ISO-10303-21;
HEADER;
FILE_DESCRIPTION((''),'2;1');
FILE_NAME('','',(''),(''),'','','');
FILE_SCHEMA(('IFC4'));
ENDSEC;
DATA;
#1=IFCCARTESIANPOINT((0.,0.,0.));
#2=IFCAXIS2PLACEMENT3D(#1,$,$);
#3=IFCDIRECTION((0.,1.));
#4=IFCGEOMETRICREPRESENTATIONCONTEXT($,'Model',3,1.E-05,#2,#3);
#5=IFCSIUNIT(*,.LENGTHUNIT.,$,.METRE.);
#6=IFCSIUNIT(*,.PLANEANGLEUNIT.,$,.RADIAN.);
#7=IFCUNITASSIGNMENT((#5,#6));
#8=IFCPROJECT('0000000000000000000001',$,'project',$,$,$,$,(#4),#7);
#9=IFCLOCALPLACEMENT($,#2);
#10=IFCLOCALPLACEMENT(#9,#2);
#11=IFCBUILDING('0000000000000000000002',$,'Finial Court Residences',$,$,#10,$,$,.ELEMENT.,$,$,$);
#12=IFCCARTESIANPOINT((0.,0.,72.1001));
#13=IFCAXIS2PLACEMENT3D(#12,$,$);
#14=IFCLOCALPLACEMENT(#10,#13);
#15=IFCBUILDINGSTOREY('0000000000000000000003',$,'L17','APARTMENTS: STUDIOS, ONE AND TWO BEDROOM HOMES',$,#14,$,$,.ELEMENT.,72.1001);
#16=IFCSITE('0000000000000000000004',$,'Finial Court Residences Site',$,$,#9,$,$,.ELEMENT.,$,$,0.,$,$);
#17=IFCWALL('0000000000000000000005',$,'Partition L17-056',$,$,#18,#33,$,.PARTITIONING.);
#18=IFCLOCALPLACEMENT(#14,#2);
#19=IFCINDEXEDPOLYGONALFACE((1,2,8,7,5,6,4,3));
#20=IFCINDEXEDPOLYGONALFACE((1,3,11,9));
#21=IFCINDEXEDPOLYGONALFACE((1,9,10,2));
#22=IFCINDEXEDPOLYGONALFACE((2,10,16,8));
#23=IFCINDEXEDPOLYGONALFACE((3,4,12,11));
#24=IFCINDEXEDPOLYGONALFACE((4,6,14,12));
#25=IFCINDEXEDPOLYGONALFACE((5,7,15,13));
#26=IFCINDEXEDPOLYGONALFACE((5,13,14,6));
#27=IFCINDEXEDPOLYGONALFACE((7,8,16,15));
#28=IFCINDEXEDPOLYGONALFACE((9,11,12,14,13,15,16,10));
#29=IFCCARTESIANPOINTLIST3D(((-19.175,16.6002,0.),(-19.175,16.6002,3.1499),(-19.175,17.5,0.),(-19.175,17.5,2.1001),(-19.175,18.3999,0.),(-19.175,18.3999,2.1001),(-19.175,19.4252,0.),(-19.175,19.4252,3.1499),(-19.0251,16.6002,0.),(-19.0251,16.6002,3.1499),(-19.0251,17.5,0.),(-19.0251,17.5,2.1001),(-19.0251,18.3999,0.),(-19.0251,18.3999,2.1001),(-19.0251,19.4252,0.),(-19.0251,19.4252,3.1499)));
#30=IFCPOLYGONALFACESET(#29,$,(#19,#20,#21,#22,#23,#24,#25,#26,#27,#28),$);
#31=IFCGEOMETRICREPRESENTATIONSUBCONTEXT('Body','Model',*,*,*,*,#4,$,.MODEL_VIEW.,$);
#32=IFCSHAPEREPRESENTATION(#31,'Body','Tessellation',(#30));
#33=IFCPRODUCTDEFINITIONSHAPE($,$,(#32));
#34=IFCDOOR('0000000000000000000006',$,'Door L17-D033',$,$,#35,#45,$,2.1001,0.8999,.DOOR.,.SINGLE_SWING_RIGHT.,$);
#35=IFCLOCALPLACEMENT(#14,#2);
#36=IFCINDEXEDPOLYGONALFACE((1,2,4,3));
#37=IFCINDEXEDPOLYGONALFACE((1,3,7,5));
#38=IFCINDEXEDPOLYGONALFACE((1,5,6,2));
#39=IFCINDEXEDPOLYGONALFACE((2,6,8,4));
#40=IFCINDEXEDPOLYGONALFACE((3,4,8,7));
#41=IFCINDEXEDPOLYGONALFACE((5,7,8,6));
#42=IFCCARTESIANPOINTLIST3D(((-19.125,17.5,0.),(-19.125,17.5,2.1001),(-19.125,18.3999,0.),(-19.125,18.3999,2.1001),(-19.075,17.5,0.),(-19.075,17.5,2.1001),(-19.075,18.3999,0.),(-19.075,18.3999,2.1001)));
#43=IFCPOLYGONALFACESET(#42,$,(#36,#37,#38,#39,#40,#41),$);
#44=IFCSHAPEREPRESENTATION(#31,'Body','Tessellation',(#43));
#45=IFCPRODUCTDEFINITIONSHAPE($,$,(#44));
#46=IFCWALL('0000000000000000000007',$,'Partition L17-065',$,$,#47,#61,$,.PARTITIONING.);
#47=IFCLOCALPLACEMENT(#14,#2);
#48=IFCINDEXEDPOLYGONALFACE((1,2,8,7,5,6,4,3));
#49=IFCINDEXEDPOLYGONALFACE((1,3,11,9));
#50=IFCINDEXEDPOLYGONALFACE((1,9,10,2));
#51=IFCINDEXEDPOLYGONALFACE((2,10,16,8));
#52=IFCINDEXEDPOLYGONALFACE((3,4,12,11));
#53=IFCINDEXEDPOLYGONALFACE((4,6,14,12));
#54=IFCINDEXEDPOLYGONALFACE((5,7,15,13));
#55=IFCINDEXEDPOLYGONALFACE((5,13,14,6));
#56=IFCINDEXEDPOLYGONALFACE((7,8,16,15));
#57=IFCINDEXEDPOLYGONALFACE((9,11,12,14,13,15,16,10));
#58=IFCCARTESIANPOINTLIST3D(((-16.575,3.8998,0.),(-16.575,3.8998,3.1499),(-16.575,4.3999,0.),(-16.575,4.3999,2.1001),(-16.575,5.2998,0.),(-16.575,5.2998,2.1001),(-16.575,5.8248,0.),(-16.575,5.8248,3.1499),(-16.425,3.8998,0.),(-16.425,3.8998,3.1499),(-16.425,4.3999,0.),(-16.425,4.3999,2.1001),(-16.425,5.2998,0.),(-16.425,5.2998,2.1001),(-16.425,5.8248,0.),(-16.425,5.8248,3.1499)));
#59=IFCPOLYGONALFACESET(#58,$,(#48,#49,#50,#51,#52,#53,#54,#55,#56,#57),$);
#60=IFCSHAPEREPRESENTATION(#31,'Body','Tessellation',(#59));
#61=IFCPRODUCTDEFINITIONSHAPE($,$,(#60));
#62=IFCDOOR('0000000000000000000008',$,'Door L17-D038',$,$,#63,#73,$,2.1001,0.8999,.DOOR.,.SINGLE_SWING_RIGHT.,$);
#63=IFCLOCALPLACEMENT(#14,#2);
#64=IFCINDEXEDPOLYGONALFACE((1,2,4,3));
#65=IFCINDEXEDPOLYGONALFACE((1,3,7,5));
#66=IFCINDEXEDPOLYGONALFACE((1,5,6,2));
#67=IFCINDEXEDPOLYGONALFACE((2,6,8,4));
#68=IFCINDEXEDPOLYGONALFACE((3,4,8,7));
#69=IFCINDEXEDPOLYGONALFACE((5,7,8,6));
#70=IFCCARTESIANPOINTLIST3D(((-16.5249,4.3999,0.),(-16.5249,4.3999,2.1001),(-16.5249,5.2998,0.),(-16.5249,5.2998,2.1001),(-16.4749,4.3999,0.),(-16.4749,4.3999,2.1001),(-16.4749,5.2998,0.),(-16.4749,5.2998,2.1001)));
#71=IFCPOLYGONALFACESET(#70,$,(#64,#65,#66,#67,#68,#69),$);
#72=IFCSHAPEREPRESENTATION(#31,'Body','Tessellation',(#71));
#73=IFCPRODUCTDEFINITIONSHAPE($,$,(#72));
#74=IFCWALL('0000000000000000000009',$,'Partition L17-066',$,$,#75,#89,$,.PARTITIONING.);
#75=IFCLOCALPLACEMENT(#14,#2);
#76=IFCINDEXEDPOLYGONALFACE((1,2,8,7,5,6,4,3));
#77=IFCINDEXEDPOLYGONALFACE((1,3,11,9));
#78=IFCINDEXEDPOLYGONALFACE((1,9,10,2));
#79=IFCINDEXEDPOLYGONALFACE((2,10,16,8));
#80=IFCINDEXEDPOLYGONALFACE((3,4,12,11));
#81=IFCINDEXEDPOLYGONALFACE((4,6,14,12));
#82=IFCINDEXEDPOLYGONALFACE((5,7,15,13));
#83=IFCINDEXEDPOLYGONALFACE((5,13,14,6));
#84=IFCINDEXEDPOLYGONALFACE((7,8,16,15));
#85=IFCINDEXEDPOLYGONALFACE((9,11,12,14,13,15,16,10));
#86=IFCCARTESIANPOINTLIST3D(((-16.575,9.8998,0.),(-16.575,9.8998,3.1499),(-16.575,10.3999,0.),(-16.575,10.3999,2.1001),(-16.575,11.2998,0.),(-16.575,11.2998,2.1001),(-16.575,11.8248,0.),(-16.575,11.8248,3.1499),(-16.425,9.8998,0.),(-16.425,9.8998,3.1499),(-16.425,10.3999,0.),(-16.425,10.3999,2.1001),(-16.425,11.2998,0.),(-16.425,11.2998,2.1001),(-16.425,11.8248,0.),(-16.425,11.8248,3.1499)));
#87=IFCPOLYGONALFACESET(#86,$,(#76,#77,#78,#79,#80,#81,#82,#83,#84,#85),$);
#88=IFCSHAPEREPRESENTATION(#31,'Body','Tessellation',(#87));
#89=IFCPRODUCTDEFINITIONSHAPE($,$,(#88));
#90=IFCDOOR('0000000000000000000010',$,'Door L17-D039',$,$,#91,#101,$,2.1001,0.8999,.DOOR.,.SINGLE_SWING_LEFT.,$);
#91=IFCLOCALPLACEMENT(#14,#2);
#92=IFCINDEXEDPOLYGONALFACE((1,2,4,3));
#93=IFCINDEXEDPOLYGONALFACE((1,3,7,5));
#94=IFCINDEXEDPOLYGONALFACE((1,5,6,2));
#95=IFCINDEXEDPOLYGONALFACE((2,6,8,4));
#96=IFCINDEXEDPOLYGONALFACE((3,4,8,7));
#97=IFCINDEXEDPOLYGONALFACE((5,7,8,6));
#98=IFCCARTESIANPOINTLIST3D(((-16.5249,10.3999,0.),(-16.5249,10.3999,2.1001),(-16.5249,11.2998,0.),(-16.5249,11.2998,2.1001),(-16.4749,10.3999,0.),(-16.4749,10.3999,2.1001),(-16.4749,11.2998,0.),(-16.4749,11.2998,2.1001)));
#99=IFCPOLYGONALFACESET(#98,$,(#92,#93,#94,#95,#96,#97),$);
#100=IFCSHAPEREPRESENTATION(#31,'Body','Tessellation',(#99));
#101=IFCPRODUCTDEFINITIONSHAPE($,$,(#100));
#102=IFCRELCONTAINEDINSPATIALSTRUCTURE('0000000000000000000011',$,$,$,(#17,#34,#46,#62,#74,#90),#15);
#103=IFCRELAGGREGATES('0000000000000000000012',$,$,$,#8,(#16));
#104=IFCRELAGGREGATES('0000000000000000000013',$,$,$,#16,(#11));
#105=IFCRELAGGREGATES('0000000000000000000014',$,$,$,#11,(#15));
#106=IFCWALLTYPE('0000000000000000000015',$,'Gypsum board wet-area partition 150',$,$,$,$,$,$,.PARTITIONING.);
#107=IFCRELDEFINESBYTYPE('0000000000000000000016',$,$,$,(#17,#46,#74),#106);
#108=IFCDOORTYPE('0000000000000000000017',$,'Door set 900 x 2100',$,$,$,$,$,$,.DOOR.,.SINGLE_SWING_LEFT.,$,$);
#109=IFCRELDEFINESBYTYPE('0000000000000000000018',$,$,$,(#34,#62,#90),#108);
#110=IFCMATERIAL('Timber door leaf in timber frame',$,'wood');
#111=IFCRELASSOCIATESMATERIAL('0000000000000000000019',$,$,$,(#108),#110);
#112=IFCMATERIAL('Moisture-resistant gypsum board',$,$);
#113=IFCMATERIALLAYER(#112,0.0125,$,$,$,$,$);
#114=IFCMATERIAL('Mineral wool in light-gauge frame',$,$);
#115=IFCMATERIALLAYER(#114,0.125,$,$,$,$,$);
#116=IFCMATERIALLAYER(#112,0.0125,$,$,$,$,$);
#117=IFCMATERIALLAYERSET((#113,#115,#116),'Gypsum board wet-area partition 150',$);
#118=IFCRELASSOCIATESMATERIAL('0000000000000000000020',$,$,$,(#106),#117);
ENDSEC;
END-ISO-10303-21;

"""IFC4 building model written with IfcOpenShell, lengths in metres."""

from ifc_helpers import new_model, si_unit, direction, frame, frame_2d, origin, place, context, subcontext, project, spatial, rectangle, extrude, material, layer, layer_set, type_object, element, fill, save


model = new_model("IFC4")

# Units and contexts
model_context = context("Model", 3, precision=1e-05, world=origin(), true_north=direction((0.0, 1.0)))
body_context = subcontext(model_context, "Body", "Model", "MODEL_VIEW")
ifc_project = project(units=[si_unit("LENGTHUNIT", "METRE"), si_unit("PLANEANGLEUNIT", "RADIAN")], contexts=[model_context])

# Site, building, storey
site_placement = place(None, origin())
site = spatial("IfcSite", under=ifc_project, at=site_placement, Name="Finial Court Residences Site", CompositionType="ELEMENT", RefElevation=0.0)
building_placement = place(site_placement, origin())
building = spatial("IfcBuilding", under=site, at=building_placement, Name="Finial Court Residences", CompositionType="ELEMENT")
storey_placement = place(building_placement, frame((0.0, 0.0, 72.1001)))
storey = spatial("IfcBuildingStorey", under=building, at=storey_placement, Name="L17", Description="APARTMENTS: STUDIOS, ONE AND TWO BEDROOM HOMES", CompositionType="ELEMENT", Elevation=72.1001)

# Shared definitions
ifc_material_1 = material(Name="Mineral wool in light-gauge frame")
ifc_material_2 = material(Name="Timber door leaf in timber frame", Category="wood")
door_type = type_object("IfcDoorType", Name="Door set 900 x 2100", OperationType="SINGLE_SWING_LEFT", PredefinedType="DOOR", material=ifc_material_2)

# Shared definitions
ifc_material_3 = material(Name="Moisture-resistant gypsum board")
ifc_layer_1 = layer(ifc_material_3, 0.0125)
ifc_layer_2 = layer(ifc_material_1, 0.125)
ifc_layer_3 = layer(ifc_material_3, 0.0125)
ifc_layer_set_1 = layer_set([ifc_layer_1, ifc_layer_2, ifc_layer_3], Name="Gypsum board wet-area partition 150")
wall_type_1 = type_object("IfcWallType", Name="Gypsum board wet-area partition 150", PredefinedType="PARTITIONING", material=ifc_layer_set_1)

# Walls, openings, doors
wall_1_placement = place(storey_placement, frame((-19.1001, 16.6001, 0.0), z_axis=(0.0, 0.0, 1.0), x_axis=(0.0, 1.0, 0.0)))
wall_1 = element("IfcWall", 1, at=wall_1_placement, inside=storey, type_object=wall_type_1, Name="Partition L17-056", PredefinedType="PARTITIONING", context=body_context, shape_type="SweptSolid", body=[
    extrude(rectangle(XDim=2.825, YDim=0.1499, at=frame_2d((1.4126, 0.0))), origin(), (0.0, 0.0, 1.0), 3.1499),
])
opening_1_placement = place(wall_1_placement, frame((0.8999, 0.0, 0.0)))
opening_1 = element("IfcOpeningElement", 2, at=opening_1_placement, cuts=wall_1, PredefinedType="OPENING", context=body_context, shape_type="SweptSolid", body=[
    extrude(rectangle(XDim=0.8999, YDim=2.1001, at=frame_2d((0.45, 1.05))), frame((0.0, 0.085, 0.0), z_axis=(0.0, -1.0, 0.0), x_axis=(1.0, 0.0, 0.0)), (0.0, 0.0, 1.0), 0.1699),
])
door_1_placement = place(opening_1_placement, origin())
door_1 = element("IfcDoor", 3, at=door_1_placement, inside=storey, type_object=door_type, Name="Door L17-D033", OperationType="SINGLE_SWING_RIGHT", OverallHeight=2.1001, OverallWidth=0.8999, PredefinedType="DOOR", context=body_context, shape_type="SweptSolid", body=[
    extrude(rectangle(XDim=0.8999, YDim=2.1001, at=frame_2d((0.45, 1.05))), frame((0.0, 0.0249, 0.0), z_axis=(0.0, -1.0, 0.0), x_axis=(1.0, 0.0, 0.0)), (0.0, 0.0, 1.0), 0.05),
])
fill(opening_1, door_1)
wall_2_placement = place(storey_placement, frame((-16.5, 3.8999, 0.0), z_axis=(0.0, 0.0, 1.0), x_axis=(0.0, 1.0, 0.0)))
wall_2 = element("IfcWall", 4, at=wall_2_placement, inside=storey, type_object=wall_type_1, Name="Partition L17-065", PredefinedType="PARTITIONING", context=body_context, shape_type="SweptSolid", body=[
    extrude(rectangle(XDim=1.925, YDim=0.1499, at=frame_2d((0.9624, 0.0))), origin(), (0.0, 0.0, 1.0), 3.1499),
])
opening_2_placement = place(wall_2_placement, frame((0.5, 0.0, 0.0)))
opening_2 = element("IfcOpeningElement", 5, at=opening_2_placement, cuts=wall_2, PredefinedType="OPENING", context=body_context, shape_type="SweptSolid", body=[
    extrude(rectangle(XDim=0.8999, YDim=2.1001, at=frame_2d((0.45, 1.05))), frame((0.0, 0.085, 0.0), z_axis=(0.0, -1.0, 0.0), x_axis=(1.0, 0.0, 0.0)), (0.0, 0.0, 1.0), 0.1699),
])
door_2_placement = place(opening_2_placement, origin())
door_2 = element("IfcDoor", 6, at=door_2_placement, inside=storey, type_object=door_type, Name="Door L17-D038", OperationType="SINGLE_SWING_RIGHT", OverallHeight=2.1001, OverallWidth=0.8999, PredefinedType="DOOR", context=body_context, shape_type="SweptSolid", body=[
    extrude(rectangle(XDim=0.8999, YDim=2.1001, at=frame_2d((0.45, 1.05))), frame((0.0, 0.0249, 0.0), z_axis=(0.0, -1.0, 0.0), x_axis=(1.0, 0.0, 0.0)), (0.0, 0.0, 1.0), 0.05),
])
fill(opening_2, door_2)
wall_3_placement = place(storey_placement, frame((-16.5, 9.8999, 0.0), z_axis=(0.0, 0.0, 1.0), x_axis=(0.0, 1.0, 0.0)))
wall_3 = element("IfcWall", 7, at=wall_3_placement, inside=storey, type_object=wall_type_1, Name="Partition L17-066", PredefinedType="PARTITIONING", context=body_context, shape_type="SweptSolid", body=[
    extrude(rectangle(XDim=1.925, YDim=0.1499, at=frame_2d((0.9624, 0.0))), origin(), (0.0, 0.0, 1.0), 3.1499),
])
opening_3_placement = place(wall_3_placement, frame((0.5, 0.0, 0.0)))
opening_3 = element("IfcOpeningElement", 8, at=opening_3_placement, cuts=wall_3, PredefinedType="OPENING", context=body_context, shape_type="SweptSolid", body=[
    extrude(rectangle(XDim=0.8999, YDim=2.1001, at=frame_2d((0.45, 1.05))), frame((0.0, 0.085, 0.0), z_axis=(0.0, -1.0, 0.0), x_axis=(1.0, 0.0, 0.0)), (0.0, 0.0, 1.0), 0.1699),
])
door_3_placement = place(opening_3_placement, origin())
door_3 = element("IfcDoor", 9, at=door_3_placement, inside=storey, type_object=door_type, Name="Door L17-D039", OperationType="SINGLE_SWING_LEFT", OverallHeight=2.1001, OverallWidth=0.8999, PredefinedType="DOOR", context=body_context, shape_type="SweptSolid", body=[
    extrude(rectangle(XDim=0.8999, YDim=2.1001, at=frame_2d((0.45, 1.05))), frame((0.0, 0.0249, 0.0), z_axis=(0.0, -1.0, 0.0), x_axis=(1.0, 0.0, 0.0)), (0.0, 0.0, 1.0), 0.05),
])
fill(opening_3, door_3)

save(model, "model.ifc")
